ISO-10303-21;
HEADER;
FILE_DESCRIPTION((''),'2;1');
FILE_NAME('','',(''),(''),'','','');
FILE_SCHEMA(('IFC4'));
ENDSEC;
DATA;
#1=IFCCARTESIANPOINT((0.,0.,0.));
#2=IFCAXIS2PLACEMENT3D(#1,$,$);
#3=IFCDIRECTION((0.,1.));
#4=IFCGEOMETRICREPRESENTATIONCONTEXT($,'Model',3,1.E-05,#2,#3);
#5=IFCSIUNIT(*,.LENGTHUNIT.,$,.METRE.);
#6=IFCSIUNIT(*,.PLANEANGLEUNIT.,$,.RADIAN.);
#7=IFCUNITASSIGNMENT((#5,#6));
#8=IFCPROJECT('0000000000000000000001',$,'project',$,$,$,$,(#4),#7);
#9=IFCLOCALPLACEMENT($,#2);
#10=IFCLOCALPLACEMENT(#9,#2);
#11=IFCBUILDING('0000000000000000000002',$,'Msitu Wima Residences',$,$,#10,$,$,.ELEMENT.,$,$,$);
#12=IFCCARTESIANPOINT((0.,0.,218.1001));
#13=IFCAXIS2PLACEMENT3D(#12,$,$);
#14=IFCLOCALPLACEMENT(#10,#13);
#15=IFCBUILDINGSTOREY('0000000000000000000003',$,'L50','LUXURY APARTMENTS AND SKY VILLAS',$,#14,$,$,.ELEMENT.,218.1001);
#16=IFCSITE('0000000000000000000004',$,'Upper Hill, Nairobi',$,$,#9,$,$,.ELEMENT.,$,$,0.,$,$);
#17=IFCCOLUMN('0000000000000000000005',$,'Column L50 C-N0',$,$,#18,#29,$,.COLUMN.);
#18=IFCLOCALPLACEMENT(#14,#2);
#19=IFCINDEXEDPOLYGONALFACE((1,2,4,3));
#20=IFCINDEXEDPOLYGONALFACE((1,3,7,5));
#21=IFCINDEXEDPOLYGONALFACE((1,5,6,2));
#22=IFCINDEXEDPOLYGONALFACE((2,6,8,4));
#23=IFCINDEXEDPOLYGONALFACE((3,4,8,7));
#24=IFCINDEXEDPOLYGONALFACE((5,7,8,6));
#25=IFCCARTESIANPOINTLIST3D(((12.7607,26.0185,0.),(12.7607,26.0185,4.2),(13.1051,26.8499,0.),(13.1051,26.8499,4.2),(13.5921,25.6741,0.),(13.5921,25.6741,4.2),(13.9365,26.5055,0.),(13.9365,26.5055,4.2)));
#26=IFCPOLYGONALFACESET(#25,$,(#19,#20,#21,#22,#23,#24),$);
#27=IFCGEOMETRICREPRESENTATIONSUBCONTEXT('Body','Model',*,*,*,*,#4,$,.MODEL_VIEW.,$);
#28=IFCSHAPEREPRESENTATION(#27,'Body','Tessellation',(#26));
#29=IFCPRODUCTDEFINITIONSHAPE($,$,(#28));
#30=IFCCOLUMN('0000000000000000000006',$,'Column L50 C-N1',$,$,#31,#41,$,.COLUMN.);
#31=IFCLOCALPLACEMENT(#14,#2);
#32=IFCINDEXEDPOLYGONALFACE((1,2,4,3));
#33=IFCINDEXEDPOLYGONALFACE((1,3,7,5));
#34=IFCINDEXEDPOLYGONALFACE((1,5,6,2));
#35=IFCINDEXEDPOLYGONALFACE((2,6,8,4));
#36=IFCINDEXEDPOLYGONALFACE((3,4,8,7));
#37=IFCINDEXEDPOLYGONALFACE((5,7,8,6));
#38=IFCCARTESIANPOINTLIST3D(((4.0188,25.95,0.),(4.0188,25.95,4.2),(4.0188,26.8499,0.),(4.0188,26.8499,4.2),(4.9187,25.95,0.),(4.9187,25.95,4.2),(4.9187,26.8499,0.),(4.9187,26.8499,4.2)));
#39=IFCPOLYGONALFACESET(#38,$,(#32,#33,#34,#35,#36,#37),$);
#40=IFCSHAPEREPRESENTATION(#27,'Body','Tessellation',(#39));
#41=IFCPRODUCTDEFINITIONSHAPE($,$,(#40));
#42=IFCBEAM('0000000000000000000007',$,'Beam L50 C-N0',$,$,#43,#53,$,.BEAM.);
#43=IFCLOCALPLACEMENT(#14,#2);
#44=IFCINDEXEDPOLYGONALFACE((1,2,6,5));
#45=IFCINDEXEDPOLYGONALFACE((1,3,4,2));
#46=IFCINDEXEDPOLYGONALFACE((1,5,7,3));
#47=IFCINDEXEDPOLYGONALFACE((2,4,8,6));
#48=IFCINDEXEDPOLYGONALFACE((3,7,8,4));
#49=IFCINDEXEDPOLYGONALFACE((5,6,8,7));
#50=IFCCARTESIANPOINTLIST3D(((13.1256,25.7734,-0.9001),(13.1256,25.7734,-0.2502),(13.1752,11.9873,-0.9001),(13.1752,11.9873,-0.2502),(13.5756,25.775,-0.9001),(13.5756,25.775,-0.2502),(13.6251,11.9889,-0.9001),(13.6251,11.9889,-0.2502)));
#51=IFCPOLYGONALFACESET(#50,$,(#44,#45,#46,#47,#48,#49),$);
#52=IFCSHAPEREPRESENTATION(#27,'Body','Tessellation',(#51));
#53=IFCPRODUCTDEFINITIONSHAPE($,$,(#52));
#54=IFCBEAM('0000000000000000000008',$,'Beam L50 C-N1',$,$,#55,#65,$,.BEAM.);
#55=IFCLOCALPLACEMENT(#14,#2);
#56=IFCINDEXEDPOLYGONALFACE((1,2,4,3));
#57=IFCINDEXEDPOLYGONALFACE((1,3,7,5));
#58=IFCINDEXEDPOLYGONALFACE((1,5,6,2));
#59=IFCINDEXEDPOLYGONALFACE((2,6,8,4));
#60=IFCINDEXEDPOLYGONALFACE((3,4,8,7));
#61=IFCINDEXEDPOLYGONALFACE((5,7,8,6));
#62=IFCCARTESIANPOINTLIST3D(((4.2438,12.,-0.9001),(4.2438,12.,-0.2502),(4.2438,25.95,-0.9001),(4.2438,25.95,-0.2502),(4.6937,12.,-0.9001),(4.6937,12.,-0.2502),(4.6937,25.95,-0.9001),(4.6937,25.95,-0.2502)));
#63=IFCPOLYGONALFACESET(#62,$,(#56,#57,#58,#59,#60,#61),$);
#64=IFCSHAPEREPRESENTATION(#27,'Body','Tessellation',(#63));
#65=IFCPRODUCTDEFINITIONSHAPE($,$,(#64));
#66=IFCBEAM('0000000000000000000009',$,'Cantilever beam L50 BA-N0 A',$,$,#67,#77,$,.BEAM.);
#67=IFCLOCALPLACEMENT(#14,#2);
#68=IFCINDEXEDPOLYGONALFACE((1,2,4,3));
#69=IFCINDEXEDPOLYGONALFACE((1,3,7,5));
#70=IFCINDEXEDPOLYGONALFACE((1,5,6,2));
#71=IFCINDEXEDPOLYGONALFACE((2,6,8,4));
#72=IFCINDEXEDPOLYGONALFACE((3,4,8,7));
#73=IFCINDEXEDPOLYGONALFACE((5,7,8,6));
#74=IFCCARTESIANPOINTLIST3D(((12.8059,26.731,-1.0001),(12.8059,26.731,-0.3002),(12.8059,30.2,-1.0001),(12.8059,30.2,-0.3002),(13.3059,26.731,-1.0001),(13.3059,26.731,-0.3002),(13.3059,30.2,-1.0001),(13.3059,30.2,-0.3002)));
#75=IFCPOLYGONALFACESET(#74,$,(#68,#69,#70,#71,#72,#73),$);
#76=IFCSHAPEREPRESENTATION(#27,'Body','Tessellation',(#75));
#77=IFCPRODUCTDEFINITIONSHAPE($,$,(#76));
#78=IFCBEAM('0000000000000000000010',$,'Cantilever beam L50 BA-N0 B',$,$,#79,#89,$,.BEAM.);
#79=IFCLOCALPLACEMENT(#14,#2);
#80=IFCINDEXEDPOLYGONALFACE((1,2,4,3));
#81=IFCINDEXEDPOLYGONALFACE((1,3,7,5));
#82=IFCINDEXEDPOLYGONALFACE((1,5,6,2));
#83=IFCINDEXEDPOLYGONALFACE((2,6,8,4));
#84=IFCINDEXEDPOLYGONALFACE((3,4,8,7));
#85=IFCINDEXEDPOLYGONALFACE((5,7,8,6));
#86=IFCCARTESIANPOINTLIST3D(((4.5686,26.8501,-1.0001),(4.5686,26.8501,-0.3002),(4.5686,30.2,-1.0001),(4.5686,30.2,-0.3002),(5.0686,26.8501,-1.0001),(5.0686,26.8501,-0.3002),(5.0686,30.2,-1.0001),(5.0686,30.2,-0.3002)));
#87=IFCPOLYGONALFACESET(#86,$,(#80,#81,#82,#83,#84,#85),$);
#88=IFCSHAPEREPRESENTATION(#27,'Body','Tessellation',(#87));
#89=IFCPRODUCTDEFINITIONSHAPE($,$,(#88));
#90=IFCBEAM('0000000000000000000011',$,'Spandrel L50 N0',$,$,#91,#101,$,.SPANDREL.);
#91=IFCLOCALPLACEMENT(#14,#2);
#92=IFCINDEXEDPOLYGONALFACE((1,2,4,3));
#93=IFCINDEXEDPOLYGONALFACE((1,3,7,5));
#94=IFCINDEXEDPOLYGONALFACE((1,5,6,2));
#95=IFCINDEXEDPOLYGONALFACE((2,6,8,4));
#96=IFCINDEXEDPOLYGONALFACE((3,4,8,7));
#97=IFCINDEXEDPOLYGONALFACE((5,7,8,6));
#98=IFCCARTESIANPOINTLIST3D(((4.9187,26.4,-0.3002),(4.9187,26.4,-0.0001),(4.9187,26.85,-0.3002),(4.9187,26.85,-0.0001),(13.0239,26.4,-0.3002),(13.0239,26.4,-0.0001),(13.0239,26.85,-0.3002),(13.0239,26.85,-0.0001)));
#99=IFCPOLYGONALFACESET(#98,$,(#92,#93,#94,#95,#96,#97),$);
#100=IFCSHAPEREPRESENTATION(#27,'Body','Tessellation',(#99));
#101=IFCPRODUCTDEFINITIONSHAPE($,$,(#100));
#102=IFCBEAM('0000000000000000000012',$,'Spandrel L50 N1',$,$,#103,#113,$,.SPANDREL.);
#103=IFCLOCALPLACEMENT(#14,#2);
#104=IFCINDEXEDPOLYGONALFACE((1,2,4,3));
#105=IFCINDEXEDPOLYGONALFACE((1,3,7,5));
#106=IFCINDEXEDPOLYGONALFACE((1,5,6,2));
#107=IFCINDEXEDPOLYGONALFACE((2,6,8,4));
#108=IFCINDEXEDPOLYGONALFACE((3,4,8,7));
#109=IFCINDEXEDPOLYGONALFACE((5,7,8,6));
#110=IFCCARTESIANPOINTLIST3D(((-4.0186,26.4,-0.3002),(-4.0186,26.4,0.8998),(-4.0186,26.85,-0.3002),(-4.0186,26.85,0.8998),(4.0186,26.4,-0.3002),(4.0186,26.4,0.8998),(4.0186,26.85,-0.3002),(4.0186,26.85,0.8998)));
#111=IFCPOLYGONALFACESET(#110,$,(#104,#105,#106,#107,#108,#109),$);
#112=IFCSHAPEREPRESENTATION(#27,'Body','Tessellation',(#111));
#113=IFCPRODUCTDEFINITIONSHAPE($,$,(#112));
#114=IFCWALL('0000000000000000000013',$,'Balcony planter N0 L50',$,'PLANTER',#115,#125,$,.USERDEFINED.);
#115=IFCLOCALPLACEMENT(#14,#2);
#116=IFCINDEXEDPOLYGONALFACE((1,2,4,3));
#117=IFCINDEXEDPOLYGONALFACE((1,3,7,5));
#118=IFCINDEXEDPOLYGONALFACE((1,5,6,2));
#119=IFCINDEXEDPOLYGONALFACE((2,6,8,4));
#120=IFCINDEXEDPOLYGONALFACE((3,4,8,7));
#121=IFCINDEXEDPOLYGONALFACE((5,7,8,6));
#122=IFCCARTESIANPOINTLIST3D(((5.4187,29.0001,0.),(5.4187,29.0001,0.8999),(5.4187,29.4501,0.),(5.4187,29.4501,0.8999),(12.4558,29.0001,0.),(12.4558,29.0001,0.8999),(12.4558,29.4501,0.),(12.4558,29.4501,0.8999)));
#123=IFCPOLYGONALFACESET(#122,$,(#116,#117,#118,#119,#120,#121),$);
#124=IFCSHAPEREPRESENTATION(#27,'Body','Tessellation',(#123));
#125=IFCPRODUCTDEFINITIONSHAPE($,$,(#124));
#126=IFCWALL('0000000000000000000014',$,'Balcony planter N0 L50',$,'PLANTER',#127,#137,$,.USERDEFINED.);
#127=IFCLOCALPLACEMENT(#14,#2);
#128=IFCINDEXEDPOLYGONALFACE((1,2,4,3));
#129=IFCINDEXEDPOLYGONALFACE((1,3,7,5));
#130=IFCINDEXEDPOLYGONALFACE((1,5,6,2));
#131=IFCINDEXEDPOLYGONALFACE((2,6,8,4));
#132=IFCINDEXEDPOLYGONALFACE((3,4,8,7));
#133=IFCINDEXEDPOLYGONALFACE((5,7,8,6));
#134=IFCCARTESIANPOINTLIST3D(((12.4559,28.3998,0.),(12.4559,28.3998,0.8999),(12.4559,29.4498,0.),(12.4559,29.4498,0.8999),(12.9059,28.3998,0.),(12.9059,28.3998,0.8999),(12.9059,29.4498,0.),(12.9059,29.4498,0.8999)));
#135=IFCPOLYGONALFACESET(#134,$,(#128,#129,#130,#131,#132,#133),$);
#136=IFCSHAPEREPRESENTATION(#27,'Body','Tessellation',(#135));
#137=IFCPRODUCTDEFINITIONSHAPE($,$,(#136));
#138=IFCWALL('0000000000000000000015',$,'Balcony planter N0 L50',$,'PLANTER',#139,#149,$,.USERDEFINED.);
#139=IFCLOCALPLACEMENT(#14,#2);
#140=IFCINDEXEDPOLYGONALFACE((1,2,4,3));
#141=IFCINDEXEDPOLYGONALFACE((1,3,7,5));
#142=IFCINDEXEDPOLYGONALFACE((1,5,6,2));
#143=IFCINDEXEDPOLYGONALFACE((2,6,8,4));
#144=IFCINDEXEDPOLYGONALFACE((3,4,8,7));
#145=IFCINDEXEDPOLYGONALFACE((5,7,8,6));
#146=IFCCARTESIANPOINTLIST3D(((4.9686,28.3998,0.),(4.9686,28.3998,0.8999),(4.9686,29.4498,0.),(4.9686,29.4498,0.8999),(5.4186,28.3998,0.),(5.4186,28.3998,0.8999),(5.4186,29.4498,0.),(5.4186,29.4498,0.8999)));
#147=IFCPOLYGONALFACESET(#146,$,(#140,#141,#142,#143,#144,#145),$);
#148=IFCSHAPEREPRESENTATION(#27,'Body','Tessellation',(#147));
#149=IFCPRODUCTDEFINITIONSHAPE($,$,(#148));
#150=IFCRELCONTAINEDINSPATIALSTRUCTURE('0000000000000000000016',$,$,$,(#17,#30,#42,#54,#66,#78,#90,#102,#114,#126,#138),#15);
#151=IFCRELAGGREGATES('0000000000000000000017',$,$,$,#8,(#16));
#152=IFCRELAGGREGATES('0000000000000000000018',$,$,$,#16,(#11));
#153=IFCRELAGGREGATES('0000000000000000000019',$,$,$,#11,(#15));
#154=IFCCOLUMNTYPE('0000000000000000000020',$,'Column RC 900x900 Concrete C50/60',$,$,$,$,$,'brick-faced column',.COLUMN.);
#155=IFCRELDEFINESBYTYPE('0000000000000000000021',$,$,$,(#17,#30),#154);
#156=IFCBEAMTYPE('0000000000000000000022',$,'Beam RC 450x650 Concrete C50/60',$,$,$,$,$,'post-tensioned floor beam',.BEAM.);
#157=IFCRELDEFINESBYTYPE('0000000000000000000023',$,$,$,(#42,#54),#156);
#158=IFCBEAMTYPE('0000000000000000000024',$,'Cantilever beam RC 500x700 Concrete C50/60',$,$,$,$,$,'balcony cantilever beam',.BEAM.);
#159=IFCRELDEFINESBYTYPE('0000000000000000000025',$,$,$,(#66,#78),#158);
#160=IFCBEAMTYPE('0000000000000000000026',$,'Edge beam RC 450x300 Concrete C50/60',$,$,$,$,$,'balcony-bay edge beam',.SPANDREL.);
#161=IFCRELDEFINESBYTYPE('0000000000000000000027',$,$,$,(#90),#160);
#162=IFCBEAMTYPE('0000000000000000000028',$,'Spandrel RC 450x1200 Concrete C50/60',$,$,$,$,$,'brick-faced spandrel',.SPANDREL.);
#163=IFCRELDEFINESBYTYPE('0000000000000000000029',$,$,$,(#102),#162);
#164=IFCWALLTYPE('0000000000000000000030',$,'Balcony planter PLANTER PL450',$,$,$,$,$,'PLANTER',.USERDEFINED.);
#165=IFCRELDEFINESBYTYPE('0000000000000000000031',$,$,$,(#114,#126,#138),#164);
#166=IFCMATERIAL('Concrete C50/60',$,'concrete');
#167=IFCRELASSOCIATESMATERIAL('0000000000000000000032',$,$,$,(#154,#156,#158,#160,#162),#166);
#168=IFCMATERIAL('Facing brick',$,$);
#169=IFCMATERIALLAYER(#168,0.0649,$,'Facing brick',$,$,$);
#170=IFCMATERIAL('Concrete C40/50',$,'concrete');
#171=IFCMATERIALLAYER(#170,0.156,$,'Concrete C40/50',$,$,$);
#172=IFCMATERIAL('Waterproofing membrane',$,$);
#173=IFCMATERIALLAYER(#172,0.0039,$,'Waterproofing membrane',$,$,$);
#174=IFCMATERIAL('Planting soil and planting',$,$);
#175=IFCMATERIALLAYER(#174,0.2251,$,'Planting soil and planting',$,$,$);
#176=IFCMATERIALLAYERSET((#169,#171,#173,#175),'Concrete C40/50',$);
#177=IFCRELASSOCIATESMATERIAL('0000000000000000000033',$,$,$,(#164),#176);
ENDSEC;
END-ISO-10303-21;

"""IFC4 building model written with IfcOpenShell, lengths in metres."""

from ifc_helpers import new_model, si_unit, direction, frame, frame_2d, origin, origin_2d, place, context, subcontext, project, spatial, rectangle, extrude, material, layer, layer_set, material_profile, profile_set, type_object, element, save


model = new_model("IFC4")

# Units and contexts
model_context = context("Model", 3, precision=1e-05, world=origin(), true_north=direction((0.0, 1.0)))
body_context = subcontext(model_context, "Body", "Model", "MODEL_VIEW")
ifc_project = project(units=[si_unit("LENGTHUNIT", "METRE"), si_unit("PLANEANGLEUNIT", "RADIAN")], contexts=[model_context])

# Site, building, storey
site_placement = place(None, origin())
site = spatial("IfcSite", under=ifc_project, at=site_placement, Name="Upper Hill, Nairobi", CompositionType="ELEMENT", RefElevation=0.0)
building_placement = place(site_placement, origin())
building = spatial("IfcBuilding", under=site, at=building_placement, Name="Msitu Wima Residences", CompositionType="ELEMENT")
storey_placement = place(building_placement, frame((0.0, 0.0, 218.1001)))
storey = spatial("IfcBuildingStorey", under=building, at=storey_placement, Name="L50", Description="LUXURY APARTMENTS AND SKY VILLAS", CompositionType="ELEMENT", Elevation=218.1001)

# Columns
ifc_material_1 = material(Name="Concrete C50/60", Category="concrete")
ifc_material_profile_1 = material_profile(ifc_material_1, rectangle(XDim=0.8999, YDim=0.8999, at=origin_2d()), Name="RC 900x900")
ifc_profile_set_1 = profile_set([ifc_material_profile_1], Name="Concrete C50/60")
column_type = type_object("IfcColumnType", Name="Column RC 900x900 Concrete C50/60", ElementType="brick-faced column", PredefinedType="COLUMN", material=ifc_profile_set_1)
for number, where, z_axis, x_axis, name in (
    (1, (13.3486, 26.262, 0.0), (0.0, 0.0, 1.0), (-0.92388, 0.382683, 0.0), "Column L50 C-N0"),
    (2, (4.4688, 26.3999, 0.0), (0.0, 0.0, 1.0), (-1.0, 0.0, 0.0), "Column L50 C-N1"),
):
    element("IfcColumn", number, at=place(storey_placement, frame(where, z_axis=z_axis, x_axis=x_axis)), inside=storey, type_object=column_type, Name=name, PredefinedType="COLUMN", context=body_context, shape_type="SweptSolid", body=[
        extrude(rectangle(XDim=0.8999, YDim=0.8999, at=origin_2d()), origin(), (0.0, 0.0, 1.0), 4.2),
    ])

# Beams
ifc_material_profile_2 = material_profile(ifc_material_1, rectangle(XDim=0.45, YDim=0.6499, at=origin_2d()), Name="RC 450x650")
ifc_profile_set_2 = profile_set([ifc_material_profile_2], Name="Concrete C50/60")
beam_type_1 = type_object("IfcBeamType", Name="Beam RC 450x650 Concrete C50/60", ElementType="post-tensioned floor beam", PredefinedType="BEAM", material=ifc_profile_set_2)
beam_1_placement = place(storey_placement, frame((13.3506, 25.7742, -0.5752), z_axis=(0.003595, -0.999994, 0.0), x_axis=(0.999994, 0.003595, 0.0)))
element("IfcBeam", 3, at=beam_1_placement, inside=storey, type_object=beam_type_1, Name="Beam L50 C-N0", PredefinedType="BEAM", context=body_context, shape_type="SweptSolid", body=[
    extrude(rectangle(XDim=0.45, YDim=0.6499, at=origin_2d()), origin(), (0.0, 0.0, 1.0), 13.7861),
])
beam_2_placement = place(storey_placement, frame((4.4688, 25.95, -0.5752), z_axis=(0.0, -1.0, 0.0), x_axis=(1.0, 0.0, 0.0)))
element("IfcBeam", 4, at=beam_2_placement, inside=storey, type_object=beam_type_1, Name="Beam L50 C-N1", PredefinedType="BEAM", context=body_context, shape_type="SweptSolid", body=[
    extrude(rectangle(XDim=0.45, YDim=0.6499, at=origin_2d()), origin(), (0.0, 0.0, 1.0), 13.95),
])
ifc_material_profile_3 = material_profile(ifc_material_1, rectangle(XDim=0.5, YDim=0.7, at=origin_2d()), Name="RC 500x700")
ifc_profile_set_3 = profile_set([ifc_material_profile_3], Name="Concrete C50/60")
beam_type_2 = type_object("IfcBeamType", Name="Cantilever beam RC 500x700 Concrete C50/60", ElementType="balcony cantilever beam", PredefinedType="BEAM", material=ifc_profile_set_3)
beam_3_placement = place(storey_placement, frame((13.0559, 26.731, -0.6501), z_axis=(0.0, 1.0, 0.0), x_axis=(-1.0, 0.0, 0.0)))
element("IfcBeam", 5, at=beam_3_placement, inside=storey, type_object=beam_type_2, Name="Cantilever beam L50 BA-N0 A", PredefinedType="BEAM", context=body_context, shape_type="SweptSolid", body=[
    extrude(rectangle(XDim=0.5, YDim=0.7, at=origin_2d()), origin(), (0.0, 0.0, 1.0), 3.469),
])
beam_4_placement = place(storey_placement, frame((4.8186, 26.8501, -0.6501), z_axis=(0.0, 1.0, 0.0), x_axis=(-1.0, 0.0, 0.0)))
element("IfcBeam", 6, at=beam_4_placement, inside=storey, type_object=beam_type_2, Name="Cantilever beam L50 BA-N0 B", PredefinedType="BEAM", context=body_context, shape_type="SweptSolid", body=[
    extrude(rectangle(XDim=0.5, YDim=0.7, at=origin_2d()), origin(), (0.0, 0.0, 1.0), 3.3499),
])
ifc_material_profile_4 = material_profile(ifc_material_1, rectangle(XDim=0.45, YDim=0.3, at=origin_2d()), Name="RC 450x300")
ifc_profile_set_4 = profile_set([ifc_material_profile_4], Name="Concrete C50/60")
beam_type_3 = type_object("IfcBeamType", Name="Edge beam RC 450x300 Concrete C50/60", ElementType="balcony-bay edge beam", PredefinedType="SPANDREL", material=ifc_profile_set_4)
beam_5_placement = place(storey_placement, frame((13.0239, 26.625, -0.1501), z_axis=(-1.0, 0.0, 0.0), x_axis=(0.0, -1.0, 0.0)))
element("IfcBeam", 7, at=beam_5_placement, inside=storey, type_object=beam_type_3, Name="Spandrel L50 N0", PredefinedType="SPANDREL", context=body_context, shape_type="SweptSolid", body=[
    extrude(rectangle(XDim=0.45, YDim=0.3, at=origin_2d()), origin(), (0.0, 0.0, 1.0), 8.1052),
])
ifc_material_profile_5 = material_profile(ifc_material_1, rectangle(XDim=0.45, YDim=1.2, at=origin_2d()), Name="RC 450x1200")
ifc_profile_set_5 = profile_set([ifc_material_profile_5], Name="Concrete C50/60")
beam_type_4 = type_object("IfcBeamType", Name="Spandrel RC 450x1200 Concrete C50/60", ElementType="brick-faced spandrel", PredefinedType="SPANDREL", material=ifc_profile_set_5)
beam_6_placement = place(storey_placement, frame((4.0186, 26.625, 0.2998), z_axis=(-1.0, 0.0, 0.0), x_axis=(0.0, -1.0, 0.0)))
element("IfcBeam", 8, at=beam_6_placement, inside=storey, type_object=beam_type_4, Name="Spandrel L50 N1", PredefinedType="SPANDREL", context=body_context, shape_type="SweptSolid", body=[
    extrude(rectangle(XDim=0.45, YDim=1.2, at=origin_2d()), origin(), (0.0, 0.0, 1.0), 8.0371),
])

# Walls
ifc_material_2 = material(Name="Facing brick")
ifc_layer_1 = layer(ifc_material_2, 0.0649, Name="Facing brick")
ifc_material_3 = material(Name="Concrete C40/50", Category="concrete")
ifc_layer_2 = layer(ifc_material_3, 0.156, Name="Concrete C40/50")
ifc_material_4 = material(Name="Waterproofing membrane")
ifc_layer_3 = layer(ifc_material_4, 0.0039, Name="Waterproofing membrane")
ifc_material_5 = material(Name="Planting soil and planting")
ifc_layer_4 = layer(ifc_material_5, 0.2251, Name="Planting soil and planting")
ifc_layer_set_1 = layer_set([ifc_layer_1, ifc_layer_2, ifc_layer_3, ifc_layer_4], Name="Concrete C40/50")
wall_type_1 = type_object("IfcWallType", Name="Balcony planter PLANTER PL450", ElementType="PLANTER", PredefinedType="USERDEFINED", material=ifc_layer_set_1)
wall_1_placement = place(storey_placement, frame((12.4558, 29.2251, 0.0), z_axis=(0.0, 0.0, 1.0), x_axis=(-1.0, 0.0, 0.0)))
element("IfcWall", 9, at=wall_1_placement, inside=storey, type_object=wall_type_1, Name="Balcony planter N0 L50", ObjectType="PLANTER", PredefinedType="USERDEFINED", context=body_context, shape_type="SweptSolid", body=[
    extrude(rectangle(XDim=7.0371, YDim=0.45, at=frame_2d((3.5186, 0.0))), origin(), (0.0, 0.0, 1.0), 0.8999),
])
for number, where, z_axis, x_axis, name in (
    (10, (12.6809, 28.3999, 0.0), (0.0, 0.0, 1.0), (0.0, 1.0, 0.0), "Balcony planter N0 L50"),
    (11, (5.1936, 28.3999, 0.0), (0.0, 0.0, 1.0), (0.0, 1.0, 0.0), "Balcony planter N0 L50"),
):
    element("IfcWall", number, at=place(storey_placement, frame(where, z_axis=z_axis, x_axis=x_axis)), inside=storey, type_object=wall_type_1, Name=name, ObjectType="PLANTER", PredefinedType="USERDEFINED", context=body_context, shape_type="SweptSolid", body=[
        extrude(rectangle(XDim=1.05, YDim=0.45, at=frame_2d((0.5249, 0.0))), origin(), (0.0, 0.0, 1.0), 0.8999),
    ])

save(model, "model.ifc")
